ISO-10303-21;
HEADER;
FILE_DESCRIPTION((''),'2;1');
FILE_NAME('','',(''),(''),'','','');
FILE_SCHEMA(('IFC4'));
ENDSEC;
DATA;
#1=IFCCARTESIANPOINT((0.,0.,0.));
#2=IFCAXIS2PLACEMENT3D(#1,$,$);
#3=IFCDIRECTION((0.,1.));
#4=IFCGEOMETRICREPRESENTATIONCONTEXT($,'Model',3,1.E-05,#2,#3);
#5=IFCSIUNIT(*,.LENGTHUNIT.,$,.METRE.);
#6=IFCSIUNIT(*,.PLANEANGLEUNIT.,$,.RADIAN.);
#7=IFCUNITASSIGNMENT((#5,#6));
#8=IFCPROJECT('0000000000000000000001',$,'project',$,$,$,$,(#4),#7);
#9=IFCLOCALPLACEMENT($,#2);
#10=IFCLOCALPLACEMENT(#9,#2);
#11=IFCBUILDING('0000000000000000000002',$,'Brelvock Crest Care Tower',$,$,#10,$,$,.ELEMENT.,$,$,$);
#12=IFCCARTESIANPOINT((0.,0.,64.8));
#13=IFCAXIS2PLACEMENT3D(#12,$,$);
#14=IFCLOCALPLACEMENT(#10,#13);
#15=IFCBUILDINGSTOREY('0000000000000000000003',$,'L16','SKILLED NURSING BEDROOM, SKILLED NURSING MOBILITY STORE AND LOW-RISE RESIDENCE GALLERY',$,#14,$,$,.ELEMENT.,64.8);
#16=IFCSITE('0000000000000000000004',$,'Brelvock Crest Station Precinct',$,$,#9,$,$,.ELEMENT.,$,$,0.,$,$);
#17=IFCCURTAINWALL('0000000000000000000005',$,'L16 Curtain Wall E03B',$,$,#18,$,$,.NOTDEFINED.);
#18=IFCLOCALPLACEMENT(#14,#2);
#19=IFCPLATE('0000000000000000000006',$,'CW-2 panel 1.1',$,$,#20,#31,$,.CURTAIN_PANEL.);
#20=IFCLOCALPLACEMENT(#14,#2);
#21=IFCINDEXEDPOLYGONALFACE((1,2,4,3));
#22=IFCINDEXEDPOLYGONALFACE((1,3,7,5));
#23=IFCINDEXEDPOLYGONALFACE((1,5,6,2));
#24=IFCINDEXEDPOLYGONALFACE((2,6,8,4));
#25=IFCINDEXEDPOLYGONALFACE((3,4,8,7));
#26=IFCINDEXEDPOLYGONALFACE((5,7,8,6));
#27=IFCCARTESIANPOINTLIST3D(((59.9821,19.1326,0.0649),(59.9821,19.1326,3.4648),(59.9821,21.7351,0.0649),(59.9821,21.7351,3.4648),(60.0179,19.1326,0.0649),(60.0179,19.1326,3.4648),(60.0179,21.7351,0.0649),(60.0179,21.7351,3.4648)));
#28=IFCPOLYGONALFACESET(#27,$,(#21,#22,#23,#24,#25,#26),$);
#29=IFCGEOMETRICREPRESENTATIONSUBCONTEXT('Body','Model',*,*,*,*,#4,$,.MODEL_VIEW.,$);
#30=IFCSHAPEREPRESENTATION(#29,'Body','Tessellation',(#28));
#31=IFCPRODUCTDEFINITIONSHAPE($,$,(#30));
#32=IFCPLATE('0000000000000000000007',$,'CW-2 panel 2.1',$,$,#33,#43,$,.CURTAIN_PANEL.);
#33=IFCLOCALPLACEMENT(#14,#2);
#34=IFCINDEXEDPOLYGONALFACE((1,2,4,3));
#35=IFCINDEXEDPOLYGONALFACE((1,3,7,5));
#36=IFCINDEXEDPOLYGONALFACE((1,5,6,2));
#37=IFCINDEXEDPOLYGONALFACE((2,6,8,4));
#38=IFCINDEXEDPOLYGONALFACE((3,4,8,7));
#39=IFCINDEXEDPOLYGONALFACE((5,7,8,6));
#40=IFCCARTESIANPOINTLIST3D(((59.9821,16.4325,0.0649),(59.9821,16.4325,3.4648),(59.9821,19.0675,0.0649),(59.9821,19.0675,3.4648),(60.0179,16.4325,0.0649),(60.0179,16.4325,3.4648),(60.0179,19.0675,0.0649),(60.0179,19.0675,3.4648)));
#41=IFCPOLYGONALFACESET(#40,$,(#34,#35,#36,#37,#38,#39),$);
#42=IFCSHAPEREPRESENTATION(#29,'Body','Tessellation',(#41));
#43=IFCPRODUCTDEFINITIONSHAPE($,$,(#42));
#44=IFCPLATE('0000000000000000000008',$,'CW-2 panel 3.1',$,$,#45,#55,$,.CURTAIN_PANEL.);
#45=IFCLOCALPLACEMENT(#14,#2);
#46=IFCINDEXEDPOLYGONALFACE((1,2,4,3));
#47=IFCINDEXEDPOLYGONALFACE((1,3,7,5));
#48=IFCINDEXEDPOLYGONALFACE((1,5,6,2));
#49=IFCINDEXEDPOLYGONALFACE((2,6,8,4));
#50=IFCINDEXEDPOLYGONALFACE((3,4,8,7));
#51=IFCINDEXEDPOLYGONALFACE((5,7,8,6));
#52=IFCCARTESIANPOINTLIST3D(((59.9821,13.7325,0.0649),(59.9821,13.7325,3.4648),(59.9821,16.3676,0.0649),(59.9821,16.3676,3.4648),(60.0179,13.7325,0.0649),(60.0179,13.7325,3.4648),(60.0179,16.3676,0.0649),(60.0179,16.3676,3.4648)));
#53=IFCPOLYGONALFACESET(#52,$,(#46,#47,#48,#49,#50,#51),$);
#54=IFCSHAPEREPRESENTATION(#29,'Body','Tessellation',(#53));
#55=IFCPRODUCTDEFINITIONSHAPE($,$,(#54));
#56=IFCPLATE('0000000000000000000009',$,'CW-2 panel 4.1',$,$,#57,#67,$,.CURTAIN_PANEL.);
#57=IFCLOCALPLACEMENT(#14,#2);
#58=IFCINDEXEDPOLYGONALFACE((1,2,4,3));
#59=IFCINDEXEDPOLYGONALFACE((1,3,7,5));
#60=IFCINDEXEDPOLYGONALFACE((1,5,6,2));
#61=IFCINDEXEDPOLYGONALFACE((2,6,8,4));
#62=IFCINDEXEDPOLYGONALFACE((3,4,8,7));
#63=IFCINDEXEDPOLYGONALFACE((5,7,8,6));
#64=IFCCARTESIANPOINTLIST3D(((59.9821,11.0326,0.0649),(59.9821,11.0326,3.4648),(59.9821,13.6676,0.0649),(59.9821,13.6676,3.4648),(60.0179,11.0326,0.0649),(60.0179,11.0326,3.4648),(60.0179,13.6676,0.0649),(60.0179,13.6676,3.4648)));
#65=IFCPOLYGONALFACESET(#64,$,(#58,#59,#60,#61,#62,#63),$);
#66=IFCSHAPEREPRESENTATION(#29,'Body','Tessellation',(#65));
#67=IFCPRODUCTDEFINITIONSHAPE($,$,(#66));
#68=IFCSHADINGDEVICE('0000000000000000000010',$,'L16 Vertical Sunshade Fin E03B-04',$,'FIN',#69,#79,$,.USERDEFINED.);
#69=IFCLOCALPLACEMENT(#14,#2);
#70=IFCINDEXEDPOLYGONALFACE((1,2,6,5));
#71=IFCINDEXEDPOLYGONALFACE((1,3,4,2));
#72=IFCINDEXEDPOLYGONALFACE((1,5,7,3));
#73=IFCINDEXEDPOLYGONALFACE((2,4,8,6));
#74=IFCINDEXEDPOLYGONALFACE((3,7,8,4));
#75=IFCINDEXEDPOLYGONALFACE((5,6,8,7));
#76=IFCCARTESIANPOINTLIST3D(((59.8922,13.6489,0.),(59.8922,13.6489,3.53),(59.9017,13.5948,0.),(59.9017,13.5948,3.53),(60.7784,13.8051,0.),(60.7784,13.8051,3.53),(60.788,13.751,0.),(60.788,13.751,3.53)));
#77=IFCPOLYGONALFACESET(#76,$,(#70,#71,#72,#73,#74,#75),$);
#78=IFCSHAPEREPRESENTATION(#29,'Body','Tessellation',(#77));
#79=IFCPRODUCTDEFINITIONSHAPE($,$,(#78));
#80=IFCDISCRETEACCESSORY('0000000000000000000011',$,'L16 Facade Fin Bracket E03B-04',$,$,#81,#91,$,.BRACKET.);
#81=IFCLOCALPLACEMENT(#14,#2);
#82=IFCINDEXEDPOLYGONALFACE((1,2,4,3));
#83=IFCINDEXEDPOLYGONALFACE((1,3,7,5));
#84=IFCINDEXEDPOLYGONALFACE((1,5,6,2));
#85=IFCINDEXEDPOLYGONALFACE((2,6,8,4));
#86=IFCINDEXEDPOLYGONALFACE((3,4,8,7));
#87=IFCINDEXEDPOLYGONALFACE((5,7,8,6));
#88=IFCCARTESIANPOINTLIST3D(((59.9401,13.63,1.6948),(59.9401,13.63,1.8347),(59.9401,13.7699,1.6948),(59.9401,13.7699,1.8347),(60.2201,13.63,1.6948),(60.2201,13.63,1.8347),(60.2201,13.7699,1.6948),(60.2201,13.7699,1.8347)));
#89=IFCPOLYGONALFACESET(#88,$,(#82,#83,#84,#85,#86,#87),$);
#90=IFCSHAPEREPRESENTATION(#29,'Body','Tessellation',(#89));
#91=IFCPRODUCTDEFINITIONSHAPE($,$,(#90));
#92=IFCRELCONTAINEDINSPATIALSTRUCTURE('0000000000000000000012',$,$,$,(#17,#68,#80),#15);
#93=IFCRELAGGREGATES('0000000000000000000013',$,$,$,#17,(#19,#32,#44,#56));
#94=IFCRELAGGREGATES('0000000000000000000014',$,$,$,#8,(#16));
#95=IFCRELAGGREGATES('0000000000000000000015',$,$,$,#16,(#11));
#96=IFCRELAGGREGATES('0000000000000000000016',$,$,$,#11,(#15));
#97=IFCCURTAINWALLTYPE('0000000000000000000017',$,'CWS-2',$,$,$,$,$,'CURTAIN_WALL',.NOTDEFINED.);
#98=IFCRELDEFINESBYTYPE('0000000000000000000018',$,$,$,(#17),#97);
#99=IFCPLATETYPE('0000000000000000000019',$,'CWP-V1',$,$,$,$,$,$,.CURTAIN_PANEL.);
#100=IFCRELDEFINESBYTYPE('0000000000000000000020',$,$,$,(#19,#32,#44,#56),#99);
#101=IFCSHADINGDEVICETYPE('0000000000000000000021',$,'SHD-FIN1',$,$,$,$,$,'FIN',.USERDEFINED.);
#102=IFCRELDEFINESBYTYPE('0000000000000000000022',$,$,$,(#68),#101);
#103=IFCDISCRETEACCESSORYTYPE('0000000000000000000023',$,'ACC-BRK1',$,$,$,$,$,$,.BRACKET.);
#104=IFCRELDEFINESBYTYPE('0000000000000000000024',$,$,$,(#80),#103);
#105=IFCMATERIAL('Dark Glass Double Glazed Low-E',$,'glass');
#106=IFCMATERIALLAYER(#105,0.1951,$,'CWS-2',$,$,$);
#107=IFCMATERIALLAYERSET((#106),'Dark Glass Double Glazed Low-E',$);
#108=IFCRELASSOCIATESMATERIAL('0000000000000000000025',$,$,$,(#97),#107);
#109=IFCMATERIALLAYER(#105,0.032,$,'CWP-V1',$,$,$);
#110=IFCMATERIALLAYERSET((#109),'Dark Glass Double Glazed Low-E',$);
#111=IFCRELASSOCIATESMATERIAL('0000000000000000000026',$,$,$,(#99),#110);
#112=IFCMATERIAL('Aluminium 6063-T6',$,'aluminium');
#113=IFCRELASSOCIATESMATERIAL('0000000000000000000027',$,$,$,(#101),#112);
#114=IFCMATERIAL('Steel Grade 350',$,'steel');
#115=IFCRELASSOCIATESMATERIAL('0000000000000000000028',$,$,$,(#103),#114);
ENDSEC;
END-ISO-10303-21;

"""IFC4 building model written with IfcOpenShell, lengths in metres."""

from ifc_helpers import new_model, si_unit, direction, frame, origin, origin_2d, place, context, subcontext, project, spatial, rectangle, extrude, source, transform, mapped, material, layer, layer_set, material_profile, profile_set, type_object, element, aggregate, save


model = new_model("IFC4")

# Units and contexts
model_context = context("Model", 3, precision=1e-05, world=origin(), true_north=direction((0.0, 1.0)))
body_context = subcontext(model_context, "Body", "Model", "MODEL_VIEW")
ifc_project = project(units=[si_unit("LENGTHUNIT", "METRE"), si_unit("PLANEANGLEUNIT", "RADIAN")], contexts=[model_context])

# Site, building, storey
site_placement = place(None, origin())
site = spatial("IfcSite", under=ifc_project, at=site_placement, Name="Brelvock Crest Station Precinct", CompositionType="ELEMENT", RefElevation=0.0)
building_placement = place(site_placement, origin())
building = spatial("IfcBuilding", under=site, at=building_placement, Name="Brelvock Crest Care Tower", CompositionType="ELEMENT")
storey_placement = place(building_placement, frame((0.0, 0.0, 64.8)))
storey = spatial("IfcBuildingStorey", under=building, at=storey_placement, Name="L16", Description="SKILLED NURSING BEDROOM, SKILLED NURSING MOBILITY STORE AND LOW-RISE RESIDENCE GALLERY", CompositionType="ELEMENT", Elevation=64.8)

# Shared definitions
ifc_material_1 = material(Name="Steel Grade 350", Category="steel")

# Curtain wall, plates
ifc_material_2 = material(Name="Dark Glass Double Glazed Low-E", Category="glass")
ifc_layer_1 = layer(ifc_material_2, 0.1951, Name="CWS-2")
ifc_layer_set_1 = layer_set([ifc_layer_1], Name="Dark Glass Double Glazed Low-E")
curtain_wall_type = type_object("IfcCurtainWallType", Name="CWS-2", ElementType="CURTAIN_WALL", PredefinedType="NOTDEFINED", material=ifc_layer_set_1)
curtain_wall_placement = place(storey_placement, origin())
curtain_wall = element("IfcCurtainWall", 1, at=curtain_wall_placement, inside=storey, type_object=curtain_wall_type, Name="L16 Curtain Wall E03B", PredefinedType="NOTDEFINED")
ifc_material_3 = material(Name="Aluminium 6063-T6", Category="aluminium")
ifc_layer_2 = layer(ifc_material_2, 0.032, Name="CWP-V1")
ifc_layer_set_2 = layer_set([ifc_layer_2], Name="Dark Glass Double Glazed Low-E")
plate_type = type_object("IfcPlateType", Name="CWP-V1", PredefinedType="CURTAIN_PANEL", material=ifc_layer_set_2)
shared_shape_1 = source(origin(), body_context, "Body", "SweptSolid", [
    extrude(rectangle(XDim=2.6025, YDim=0.0359, at=origin_2d()), origin(), (0.0, 0.0, 1.0), 3.3999),
])
plate_1_placement = place(storey_placement, frame((60.0, 20.4338, 0.0649), z_axis=(0.0, 0.0, 1.0), x_axis=(0.0, -1.0, 0.0)))
plate_1 = element("IfcPlate", 2, at=plate_1_placement, type_object=plate_type, Name="CW-2 panel 1.1", PredefinedType="CURTAIN_PANEL", context=body_context, shape_type="MappedRepresentation", body=[
    mapped(shared_shape_1, transform((0.0, 0.0, 0.0), x_axis=(1.0, 0.0, 0.0), y_axis=(0.0, 1.0, 0.0), z_axis=(0.0, 0.0, 1.0), scale=1.0)),
])
shared_shape_2 = source(origin(), body_context, "Body", "SweptSolid", [
    extrude(rectangle(XDim=2.635, YDim=0.0359, at=origin_2d()), origin(), (0.0, 0.0, 1.0), 3.3999),
])
plate_2_placement = place(storey_placement, frame((60.0, 17.75, 0.0649), z_axis=(0.0, 0.0, 1.0), x_axis=(0.0, -1.0, 0.0)))
plate_2 = element("IfcPlate", 3, at=plate_2_placement, type_object=plate_type, Name="CW-2 panel 2.1", PredefinedType="CURTAIN_PANEL", context=body_context, shape_type="MappedRepresentation", body=[
    mapped(shared_shape_2, transform((0.0, 0.0, 0.0), x_axis=(1.0, 0.0, 0.0), y_axis=(0.0, 1.0, 0.0), z_axis=(0.0, 0.0, 1.0), scale=1.0)),
])
plate_3_placement = place(storey_placement, frame((60.0, 15.05, 0.0649), z_axis=(0.0, 0.0, 1.0), x_axis=(0.0, -1.0, 0.0)))
plate_3 = element("IfcPlate", 4, at=plate_3_placement, type_object=plate_type, Name="CW-2 panel 3.1", PredefinedType="CURTAIN_PANEL", context=body_context, shape_type="MappedRepresentation", body=[
    mapped(shared_shape_2, transform((0.0, 0.0, 0.0), x_axis=(1.0, 0.0, 0.0), y_axis=(0.0, 1.0, 0.0), z_axis=(0.0, 0.0, 1.0), scale=1.0)),
])
plate_4_placement = place(storey_placement, frame((60.0, 12.3501, 0.0649), z_axis=(0.0, 0.0, 1.0), x_axis=(0.0, -1.0, 0.0)))
plate_4 = element("IfcPlate", 5, at=plate_4_placement, type_object=plate_type, Name="CW-2 panel 4.1", PredefinedType="CURTAIN_PANEL", context=body_context, shape_type="MappedRepresentation", body=[
    mapped(shared_shape_2, transform((0.0, 0.0, 0.0), x_axis=(1.0, 0.0, 0.0), y_axis=(0.0, 1.0, 0.0), z_axis=(0.0, 0.0, 1.0), scale=1.0)),
])
aggregate(curtain_wall, [plate_1, plate_2, plate_3, plate_4])

# Shading device
ifc_material_profile_1 = material_profile(ifc_material_3, rectangle(XDim=0.0549, YDim=0.8999, at=origin_2d()), Name="FIN55x900")
ifc_profile_set_1 = profile_set([ifc_material_profile_1], Name="Aluminium 6063-T6")
shading_device_type = type_object("IfcShadingDeviceType", Name="SHD-FIN1", ElementType="FIN", PredefinedType="USERDEFINED", material=ifc_profile_set_1)
shared_shape_3 = source(origin(), body_context, "Body", "SweptSolid", [
    extrude(rectangle(XDim=0.0549, YDim=0.8999, at=origin_2d()), origin(), (0.0, 0.0, 1.0), 3.53),
])
shading_device_placement = place(storey_placement, frame((60.3401, 13.7, 0.0), z_axis=(0.0, 0.0, 1.0), x_axis=(0.173648, -0.984808, 0.0)))
element("IfcShadingDevice", 6, at=shading_device_placement, inside=storey, type_object=shading_device_type, Name="L16 Vertical Sunshade Fin E03B-04", ObjectType="FIN", PredefinedType="USERDEFINED", context=body_context, shape_type="MappedRepresentation", body=[
    mapped(shared_shape_3, transform((0.0, 0.0, 0.0), x_axis=(1.0, 0.0, 0.0), y_axis=(0.0, 1.0, 0.0), z_axis=(0.0, 0.0, 1.0), scale=1.0)),
])

# Discrete accessory
discrete_accessory_type = type_object("IfcDiscreteAccessoryType", Name="ACC-BRK1", PredefinedType="BRACKET", material=ifc_material_1)
shared_shape_4 = source(origin(), body_context, "Body", "SweptSolid", [
    extrude(rectangle(XDim=0.28, YDim=0.1399, at=origin_2d()), origin(), (0.0, 0.0, 1.0), 0.1399),
])
discrete_accessory_placement = place(storey_placement, frame((60.0801, 13.7, 1.6948), z_axis=(0.0, 0.0, 1.0), x_axis=(1.0, 0.0, 0.0)))
element("IfcDiscreteAccessory", 7, at=discrete_accessory_placement, inside=storey, type_object=discrete_accessory_type, Name="L16 Facade Fin Bracket E03B-04", PredefinedType="BRACKET", context=body_context, shape_type="MappedRepresentation", body=[
    mapped(shared_shape_4, transform((0.0, 0.0, 0.0), x_axis=(1.0, 0.0, 0.0), y_axis=(0.0, 1.0, 0.0), z_axis=(0.0, 0.0, 1.0), scale=1.0)),
])

save(model, "model.ifc")
